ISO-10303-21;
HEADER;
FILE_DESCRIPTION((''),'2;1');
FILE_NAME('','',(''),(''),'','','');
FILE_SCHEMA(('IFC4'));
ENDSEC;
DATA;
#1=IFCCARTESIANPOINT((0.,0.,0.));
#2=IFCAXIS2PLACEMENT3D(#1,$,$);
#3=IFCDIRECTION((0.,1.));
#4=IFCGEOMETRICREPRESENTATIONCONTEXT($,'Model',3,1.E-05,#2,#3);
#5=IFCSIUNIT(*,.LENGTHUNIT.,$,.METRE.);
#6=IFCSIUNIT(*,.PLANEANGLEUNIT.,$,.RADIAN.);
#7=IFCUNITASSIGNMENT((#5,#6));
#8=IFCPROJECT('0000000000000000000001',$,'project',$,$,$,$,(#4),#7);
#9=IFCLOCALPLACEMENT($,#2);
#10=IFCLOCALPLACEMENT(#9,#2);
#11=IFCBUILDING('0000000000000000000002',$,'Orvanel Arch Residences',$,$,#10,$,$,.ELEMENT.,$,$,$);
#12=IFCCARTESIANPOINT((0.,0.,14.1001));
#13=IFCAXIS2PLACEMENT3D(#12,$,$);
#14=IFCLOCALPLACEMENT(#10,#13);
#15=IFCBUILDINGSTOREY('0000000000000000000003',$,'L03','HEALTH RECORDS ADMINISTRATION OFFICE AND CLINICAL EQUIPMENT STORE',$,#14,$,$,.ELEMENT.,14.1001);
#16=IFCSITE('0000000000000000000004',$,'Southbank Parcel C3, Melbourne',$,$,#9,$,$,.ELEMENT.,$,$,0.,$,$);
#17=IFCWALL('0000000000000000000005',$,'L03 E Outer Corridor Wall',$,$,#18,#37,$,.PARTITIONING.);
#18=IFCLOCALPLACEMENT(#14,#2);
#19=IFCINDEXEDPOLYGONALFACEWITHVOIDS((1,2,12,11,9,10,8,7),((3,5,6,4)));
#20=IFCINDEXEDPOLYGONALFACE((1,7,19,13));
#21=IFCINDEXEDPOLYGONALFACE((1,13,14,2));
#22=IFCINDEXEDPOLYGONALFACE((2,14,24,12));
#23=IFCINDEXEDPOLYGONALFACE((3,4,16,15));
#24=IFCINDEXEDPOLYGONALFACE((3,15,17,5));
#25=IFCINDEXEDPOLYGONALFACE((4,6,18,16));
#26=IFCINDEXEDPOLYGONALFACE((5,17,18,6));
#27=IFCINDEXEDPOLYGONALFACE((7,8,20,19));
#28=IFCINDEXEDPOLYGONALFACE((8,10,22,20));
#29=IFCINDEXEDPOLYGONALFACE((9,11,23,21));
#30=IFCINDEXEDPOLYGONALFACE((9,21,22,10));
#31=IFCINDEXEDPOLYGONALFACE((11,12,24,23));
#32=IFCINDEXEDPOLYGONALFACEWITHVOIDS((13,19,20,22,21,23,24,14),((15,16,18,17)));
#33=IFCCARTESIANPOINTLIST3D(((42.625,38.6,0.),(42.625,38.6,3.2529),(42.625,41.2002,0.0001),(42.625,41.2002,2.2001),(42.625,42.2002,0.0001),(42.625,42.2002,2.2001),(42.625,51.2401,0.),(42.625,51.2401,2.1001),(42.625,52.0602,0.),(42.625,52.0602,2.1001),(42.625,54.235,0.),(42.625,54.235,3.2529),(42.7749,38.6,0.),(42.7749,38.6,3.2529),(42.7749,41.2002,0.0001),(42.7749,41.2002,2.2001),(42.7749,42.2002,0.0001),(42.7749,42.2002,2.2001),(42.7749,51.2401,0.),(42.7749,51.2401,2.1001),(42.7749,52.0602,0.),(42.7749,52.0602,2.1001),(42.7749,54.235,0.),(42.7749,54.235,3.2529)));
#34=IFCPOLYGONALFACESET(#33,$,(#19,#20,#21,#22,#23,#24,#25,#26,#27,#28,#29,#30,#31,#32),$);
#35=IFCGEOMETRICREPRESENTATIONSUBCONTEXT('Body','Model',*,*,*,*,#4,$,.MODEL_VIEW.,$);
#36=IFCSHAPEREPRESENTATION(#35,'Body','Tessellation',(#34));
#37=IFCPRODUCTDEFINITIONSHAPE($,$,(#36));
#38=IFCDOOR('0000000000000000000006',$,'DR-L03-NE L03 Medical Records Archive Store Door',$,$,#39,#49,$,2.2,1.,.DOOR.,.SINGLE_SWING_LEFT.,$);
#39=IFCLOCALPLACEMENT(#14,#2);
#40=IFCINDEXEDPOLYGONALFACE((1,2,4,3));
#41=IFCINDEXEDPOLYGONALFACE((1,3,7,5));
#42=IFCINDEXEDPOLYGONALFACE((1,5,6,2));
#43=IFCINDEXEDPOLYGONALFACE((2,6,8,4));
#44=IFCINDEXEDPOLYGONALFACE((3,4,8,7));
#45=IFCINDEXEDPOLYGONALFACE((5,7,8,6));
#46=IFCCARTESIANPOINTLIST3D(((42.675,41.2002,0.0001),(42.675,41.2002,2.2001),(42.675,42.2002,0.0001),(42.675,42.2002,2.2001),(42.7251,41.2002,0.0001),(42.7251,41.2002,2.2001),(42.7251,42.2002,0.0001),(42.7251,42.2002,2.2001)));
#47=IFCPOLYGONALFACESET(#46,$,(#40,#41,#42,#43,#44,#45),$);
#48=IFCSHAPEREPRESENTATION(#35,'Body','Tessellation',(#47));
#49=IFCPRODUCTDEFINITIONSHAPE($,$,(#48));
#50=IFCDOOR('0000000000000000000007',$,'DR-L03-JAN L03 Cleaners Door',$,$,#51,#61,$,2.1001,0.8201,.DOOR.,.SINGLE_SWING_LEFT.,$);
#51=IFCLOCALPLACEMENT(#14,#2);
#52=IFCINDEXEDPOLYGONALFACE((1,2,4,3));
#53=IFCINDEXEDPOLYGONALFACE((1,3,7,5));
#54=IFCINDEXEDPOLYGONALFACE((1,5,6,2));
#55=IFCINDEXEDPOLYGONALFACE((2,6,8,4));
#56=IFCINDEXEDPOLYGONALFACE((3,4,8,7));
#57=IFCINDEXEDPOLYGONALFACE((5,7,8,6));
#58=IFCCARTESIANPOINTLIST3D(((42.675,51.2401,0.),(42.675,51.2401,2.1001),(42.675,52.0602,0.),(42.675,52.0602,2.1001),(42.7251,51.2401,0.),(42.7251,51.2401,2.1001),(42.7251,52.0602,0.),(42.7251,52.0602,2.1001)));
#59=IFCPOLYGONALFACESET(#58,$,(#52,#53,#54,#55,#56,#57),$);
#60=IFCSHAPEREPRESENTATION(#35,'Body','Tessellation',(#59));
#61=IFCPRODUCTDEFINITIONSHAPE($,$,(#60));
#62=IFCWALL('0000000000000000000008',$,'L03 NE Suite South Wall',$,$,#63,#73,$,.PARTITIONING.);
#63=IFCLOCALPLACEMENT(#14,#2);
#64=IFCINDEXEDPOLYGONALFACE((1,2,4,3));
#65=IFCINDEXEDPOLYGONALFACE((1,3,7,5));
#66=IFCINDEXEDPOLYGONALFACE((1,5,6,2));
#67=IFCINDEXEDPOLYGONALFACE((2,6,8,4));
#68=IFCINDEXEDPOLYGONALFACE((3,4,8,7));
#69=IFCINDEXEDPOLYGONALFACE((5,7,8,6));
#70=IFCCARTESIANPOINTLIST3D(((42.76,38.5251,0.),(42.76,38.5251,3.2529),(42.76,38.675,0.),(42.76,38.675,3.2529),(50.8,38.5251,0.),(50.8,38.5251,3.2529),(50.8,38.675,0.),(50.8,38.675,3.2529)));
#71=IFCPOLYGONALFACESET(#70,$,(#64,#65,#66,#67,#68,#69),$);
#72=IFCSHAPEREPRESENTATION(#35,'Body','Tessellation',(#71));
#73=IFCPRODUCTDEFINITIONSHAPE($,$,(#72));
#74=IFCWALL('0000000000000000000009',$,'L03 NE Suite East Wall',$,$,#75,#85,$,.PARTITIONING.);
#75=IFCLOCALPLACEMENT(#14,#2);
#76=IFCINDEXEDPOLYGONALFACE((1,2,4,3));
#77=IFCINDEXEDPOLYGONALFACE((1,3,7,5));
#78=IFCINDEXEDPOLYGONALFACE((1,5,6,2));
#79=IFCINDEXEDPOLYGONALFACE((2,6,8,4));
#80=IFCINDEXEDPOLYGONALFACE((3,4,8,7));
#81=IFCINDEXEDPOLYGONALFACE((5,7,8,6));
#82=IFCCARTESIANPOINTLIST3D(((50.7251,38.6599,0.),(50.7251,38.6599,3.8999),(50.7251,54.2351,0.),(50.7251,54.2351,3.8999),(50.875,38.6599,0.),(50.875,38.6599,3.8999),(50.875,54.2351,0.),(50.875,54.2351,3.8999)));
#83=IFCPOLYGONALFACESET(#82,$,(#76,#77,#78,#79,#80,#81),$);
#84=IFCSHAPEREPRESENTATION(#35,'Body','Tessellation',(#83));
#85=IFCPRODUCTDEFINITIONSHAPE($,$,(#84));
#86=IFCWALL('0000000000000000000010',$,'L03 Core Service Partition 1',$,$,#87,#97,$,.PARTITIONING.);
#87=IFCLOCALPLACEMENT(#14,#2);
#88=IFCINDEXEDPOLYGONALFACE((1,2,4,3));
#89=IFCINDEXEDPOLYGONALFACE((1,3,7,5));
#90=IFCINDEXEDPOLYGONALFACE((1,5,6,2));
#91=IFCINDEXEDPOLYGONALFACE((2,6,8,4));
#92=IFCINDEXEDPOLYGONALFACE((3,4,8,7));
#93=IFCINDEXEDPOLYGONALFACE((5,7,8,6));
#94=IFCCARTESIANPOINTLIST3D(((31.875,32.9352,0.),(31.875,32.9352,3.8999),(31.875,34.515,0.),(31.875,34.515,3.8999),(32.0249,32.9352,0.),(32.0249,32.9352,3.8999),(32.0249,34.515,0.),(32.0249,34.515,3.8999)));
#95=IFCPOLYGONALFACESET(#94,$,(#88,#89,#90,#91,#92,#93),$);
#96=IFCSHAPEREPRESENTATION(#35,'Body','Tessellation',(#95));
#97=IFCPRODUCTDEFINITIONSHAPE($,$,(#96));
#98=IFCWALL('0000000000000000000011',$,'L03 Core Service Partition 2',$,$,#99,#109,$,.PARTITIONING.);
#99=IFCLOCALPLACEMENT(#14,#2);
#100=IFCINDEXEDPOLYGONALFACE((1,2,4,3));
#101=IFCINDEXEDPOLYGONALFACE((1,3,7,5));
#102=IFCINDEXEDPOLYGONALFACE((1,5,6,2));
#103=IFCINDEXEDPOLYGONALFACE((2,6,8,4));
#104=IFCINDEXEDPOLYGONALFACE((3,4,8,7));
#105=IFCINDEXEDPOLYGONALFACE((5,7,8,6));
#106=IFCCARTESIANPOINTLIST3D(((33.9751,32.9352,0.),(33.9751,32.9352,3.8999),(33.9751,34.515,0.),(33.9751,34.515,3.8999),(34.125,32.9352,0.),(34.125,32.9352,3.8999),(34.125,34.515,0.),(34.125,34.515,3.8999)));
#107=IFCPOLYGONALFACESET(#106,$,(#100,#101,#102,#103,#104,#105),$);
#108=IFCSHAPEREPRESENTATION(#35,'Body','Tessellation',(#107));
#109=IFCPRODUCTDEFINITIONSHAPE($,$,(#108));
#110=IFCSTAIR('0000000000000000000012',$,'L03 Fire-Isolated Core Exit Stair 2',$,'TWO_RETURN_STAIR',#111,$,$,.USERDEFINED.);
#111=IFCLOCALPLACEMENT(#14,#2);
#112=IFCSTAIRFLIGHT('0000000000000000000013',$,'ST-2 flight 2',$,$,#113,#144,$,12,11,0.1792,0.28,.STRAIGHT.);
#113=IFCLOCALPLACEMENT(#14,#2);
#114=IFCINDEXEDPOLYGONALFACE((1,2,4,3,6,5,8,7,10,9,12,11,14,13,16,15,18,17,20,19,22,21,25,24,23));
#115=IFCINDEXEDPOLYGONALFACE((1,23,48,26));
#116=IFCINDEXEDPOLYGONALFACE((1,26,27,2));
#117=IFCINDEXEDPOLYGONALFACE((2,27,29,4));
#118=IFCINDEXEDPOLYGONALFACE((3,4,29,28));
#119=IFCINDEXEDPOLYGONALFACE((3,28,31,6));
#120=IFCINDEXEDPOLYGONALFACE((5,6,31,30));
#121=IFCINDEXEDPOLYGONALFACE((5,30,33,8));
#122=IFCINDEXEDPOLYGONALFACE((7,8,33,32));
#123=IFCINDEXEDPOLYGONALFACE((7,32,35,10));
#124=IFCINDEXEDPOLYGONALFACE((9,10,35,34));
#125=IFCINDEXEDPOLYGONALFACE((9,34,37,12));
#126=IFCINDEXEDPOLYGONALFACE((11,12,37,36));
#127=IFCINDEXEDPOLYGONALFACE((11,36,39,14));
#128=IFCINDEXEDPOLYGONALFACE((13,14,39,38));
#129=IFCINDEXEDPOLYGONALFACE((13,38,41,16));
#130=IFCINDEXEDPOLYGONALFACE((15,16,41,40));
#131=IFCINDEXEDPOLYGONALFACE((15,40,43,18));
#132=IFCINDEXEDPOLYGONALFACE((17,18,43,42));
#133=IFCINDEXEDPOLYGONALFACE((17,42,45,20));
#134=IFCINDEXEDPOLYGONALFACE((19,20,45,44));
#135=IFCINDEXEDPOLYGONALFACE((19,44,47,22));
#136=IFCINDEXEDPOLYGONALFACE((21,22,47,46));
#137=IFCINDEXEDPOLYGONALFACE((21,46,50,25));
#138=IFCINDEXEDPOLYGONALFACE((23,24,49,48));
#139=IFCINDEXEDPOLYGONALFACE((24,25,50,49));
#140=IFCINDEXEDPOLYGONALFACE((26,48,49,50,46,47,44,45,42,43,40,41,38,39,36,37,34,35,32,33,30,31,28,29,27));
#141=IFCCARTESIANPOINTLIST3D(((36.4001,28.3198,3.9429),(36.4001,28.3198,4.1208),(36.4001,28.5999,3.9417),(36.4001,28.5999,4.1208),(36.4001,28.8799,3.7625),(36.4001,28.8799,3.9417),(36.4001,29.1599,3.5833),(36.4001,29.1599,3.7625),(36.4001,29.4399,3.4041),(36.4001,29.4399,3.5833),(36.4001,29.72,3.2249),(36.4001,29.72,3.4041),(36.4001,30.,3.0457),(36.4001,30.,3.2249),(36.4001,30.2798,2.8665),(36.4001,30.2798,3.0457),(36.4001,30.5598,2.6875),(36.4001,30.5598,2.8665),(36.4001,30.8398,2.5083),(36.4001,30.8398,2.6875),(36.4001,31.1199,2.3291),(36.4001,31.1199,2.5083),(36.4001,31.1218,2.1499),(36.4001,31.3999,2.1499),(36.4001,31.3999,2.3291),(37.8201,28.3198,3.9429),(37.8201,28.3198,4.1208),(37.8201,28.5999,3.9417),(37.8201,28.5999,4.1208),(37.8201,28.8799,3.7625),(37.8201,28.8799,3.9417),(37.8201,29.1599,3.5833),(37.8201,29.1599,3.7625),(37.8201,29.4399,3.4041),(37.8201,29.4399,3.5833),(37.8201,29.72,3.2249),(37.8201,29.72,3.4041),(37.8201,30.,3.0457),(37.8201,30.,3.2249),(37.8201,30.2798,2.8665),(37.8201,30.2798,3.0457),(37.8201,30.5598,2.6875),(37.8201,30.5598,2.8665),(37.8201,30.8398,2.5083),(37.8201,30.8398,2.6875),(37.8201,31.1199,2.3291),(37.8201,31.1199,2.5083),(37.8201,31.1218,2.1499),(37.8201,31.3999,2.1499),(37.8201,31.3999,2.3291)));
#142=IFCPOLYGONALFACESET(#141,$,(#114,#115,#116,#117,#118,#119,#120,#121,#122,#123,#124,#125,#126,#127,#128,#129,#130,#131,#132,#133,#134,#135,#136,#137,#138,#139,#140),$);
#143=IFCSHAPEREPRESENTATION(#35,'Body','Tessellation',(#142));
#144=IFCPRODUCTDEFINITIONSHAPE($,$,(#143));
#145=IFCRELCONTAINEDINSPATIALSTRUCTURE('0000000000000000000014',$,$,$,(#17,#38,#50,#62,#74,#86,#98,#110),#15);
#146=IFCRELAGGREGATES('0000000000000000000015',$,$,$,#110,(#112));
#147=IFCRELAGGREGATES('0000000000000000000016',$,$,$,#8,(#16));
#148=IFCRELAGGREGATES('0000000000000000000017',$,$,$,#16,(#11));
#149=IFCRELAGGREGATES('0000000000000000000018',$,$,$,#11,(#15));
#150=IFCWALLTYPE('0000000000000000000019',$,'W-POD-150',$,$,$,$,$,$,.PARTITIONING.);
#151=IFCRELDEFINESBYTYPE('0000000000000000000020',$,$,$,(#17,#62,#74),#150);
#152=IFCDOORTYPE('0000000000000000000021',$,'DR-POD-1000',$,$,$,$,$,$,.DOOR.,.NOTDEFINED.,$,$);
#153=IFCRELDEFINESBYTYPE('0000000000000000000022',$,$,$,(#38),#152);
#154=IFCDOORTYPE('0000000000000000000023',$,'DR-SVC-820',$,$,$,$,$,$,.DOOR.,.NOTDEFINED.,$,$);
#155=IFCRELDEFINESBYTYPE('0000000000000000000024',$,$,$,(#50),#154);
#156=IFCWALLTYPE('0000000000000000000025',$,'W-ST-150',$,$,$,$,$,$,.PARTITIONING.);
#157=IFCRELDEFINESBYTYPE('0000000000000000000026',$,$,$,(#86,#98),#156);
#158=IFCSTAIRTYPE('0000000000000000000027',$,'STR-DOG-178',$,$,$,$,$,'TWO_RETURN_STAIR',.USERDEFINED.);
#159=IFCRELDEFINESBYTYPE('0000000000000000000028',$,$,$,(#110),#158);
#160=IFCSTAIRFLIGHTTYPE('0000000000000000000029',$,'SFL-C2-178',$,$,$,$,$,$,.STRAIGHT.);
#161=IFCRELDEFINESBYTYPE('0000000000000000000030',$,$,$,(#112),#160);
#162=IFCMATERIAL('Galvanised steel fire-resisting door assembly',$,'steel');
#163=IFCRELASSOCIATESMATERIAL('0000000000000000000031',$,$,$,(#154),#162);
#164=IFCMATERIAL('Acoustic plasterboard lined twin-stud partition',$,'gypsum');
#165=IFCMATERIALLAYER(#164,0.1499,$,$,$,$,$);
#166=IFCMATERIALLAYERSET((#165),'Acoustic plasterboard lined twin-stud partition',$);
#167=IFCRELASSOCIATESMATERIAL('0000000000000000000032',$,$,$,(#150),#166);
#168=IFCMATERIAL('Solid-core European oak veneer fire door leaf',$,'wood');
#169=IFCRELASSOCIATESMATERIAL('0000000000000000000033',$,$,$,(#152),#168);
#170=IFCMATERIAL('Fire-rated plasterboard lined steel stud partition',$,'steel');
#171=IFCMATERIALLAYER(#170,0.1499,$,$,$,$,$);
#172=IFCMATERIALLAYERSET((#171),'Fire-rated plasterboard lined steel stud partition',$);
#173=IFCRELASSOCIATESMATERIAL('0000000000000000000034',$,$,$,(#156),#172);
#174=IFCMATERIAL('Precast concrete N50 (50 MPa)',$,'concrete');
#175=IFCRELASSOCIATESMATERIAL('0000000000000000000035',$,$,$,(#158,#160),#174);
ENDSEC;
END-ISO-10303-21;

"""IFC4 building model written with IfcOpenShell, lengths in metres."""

from ifc_helpers import new_model, si_unit, direction, frame, frame_2d, origin, place, context, subcontext, project, spatial, polyline, rectangle, outline, extrude, material, layer, layer_set, type_object, element, fill, aggregate, save


model = new_model("IFC4")

# Units and contexts
model_context = context("Model", 3, precision=1e-05, world=origin(), true_north=direction((0.0, 1.0)))
body_context = subcontext(model_context, "Body", "Model", "MODEL_VIEW")
ifc_project = project(units=[si_unit("LENGTHUNIT", "METRE"), si_unit("PLANEANGLEUNIT", "RADIAN")], contexts=[model_context])

# Site, building, storey
site_placement = place(None, origin())
site = spatial("IfcSite", under=ifc_project, at=site_placement, Name="Southbank Parcel C3, Melbourne", CompositionType="ELEMENT", RefElevation=0.0)
building_placement = place(site_placement, origin())
building = spatial("IfcBuilding", under=site, at=building_placement, Name="Orvanel Arch Residences", CompositionType="ELEMENT")
storey_placement = place(building_placement, frame((0.0, 0.0, 14.1001)))
storey = spatial("IfcBuildingStorey", under=building, at=storey_placement, Name="L03", Description="HEALTH RECORDS ADMINISTRATION OFFICE AND CLINICAL EQUIPMENT STORE", CompositionType="ELEMENT", Elevation=14.1001)

# Shared definitions
ifc_material_1 = material(Name="Galvanised steel fire-resisting door assembly", Category="steel")
door_type_1 = type_object("IfcDoorType", Name="DR-SVC-820", OperationType="NOTDEFINED", PredefinedType="DOOR", material=ifc_material_1)

# Shared definitions
ifc_material_2 = material(Name="Acoustic plasterboard lined twin-stud partition", Category="gypsum")
ifc_layer_1 = layer(ifc_material_2, 0.1499)
ifc_layer_set_1 = layer_set([ifc_layer_1], Name="Acoustic plasterboard lined twin-stud partition")
wall_type_1 = type_object("IfcWallType", Name="W-POD-150", PredefinedType="PARTITIONING", material=ifc_layer_set_1)

# Wall, openings, doors
wall_1_placement = place(storey_placement, frame((42.7, 38.6001, 0.0), z_axis=(0.0, 0.0, 1.0), x_axis=(0.0, 1.0, 0.0)))
wall_1 = element("IfcWall", 1, at=wall_1_placement, inside=storey, type_object=wall_type_1, Name="L03 E Outer Corridor Wall", PredefinedType="PARTITIONING", context=body_context, shape_type="SweptSolid", body=[
    extrude(rectangle(XDim=15.635, YDim=0.1499, at=frame_2d((7.8174, 0.0))), origin(), (0.0, 0.0, 1.0), 3.2529),
])
opening_1_placement = place(wall_1_placement, frame((12.6399, 0.0, 0.0)))
opening_1 = element("IfcOpeningElement", 2, at=opening_1_placement, cuts=wall_1, PredefinedType="OPENING", context=body_context, shape_type="SweptSolid", body=[
    extrude(rectangle(XDim=0.8201, YDim=2.1001, at=frame_2d((0.4102, 1.05))), frame((0.0, 0.085, 0.0), z_axis=(0.0, -1.0, 0.0), x_axis=(1.0, 0.0, 0.0)), (0.0, 0.0, 1.0), 0.1699),
])
opening_2_placement = place(wall_1_placement, frame((2.6001, 0.0, 0.0)))
opening_2 = element("IfcOpeningElement", 3, at=opening_2_placement, cuts=wall_1, PredefinedType="OPENING", context=body_context, shape_type="SweptSolid", body=[
    extrude(rectangle(XDim=1.0, YDim=2.2, at=frame_2d((0.5, 1.1001))), frame((0.0, 0.085, 0.0), z_axis=(0.0, -1.0, 0.0), x_axis=(1.0, 0.0, 0.0)), (0.0, 0.0, 1.0), 0.1699),
])
ifc_material_3 = material(Name="Solid-core European oak veneer fire door leaf", Category="wood")
door_type_2 = type_object("IfcDoorType", Name="DR-POD-1000", OperationType="NOTDEFINED", PredefinedType="DOOR", material=ifc_material_3)
door_1_placement = place(opening_2_placement, origin())
door_1 = element("IfcDoor", 4, at=door_1_placement, inside=storey, type_object=door_type_2, Name="DR-L03-NE L03 Medical Records Archive Store Door", OperationType="SINGLE_SWING_LEFT", OverallHeight=2.2, OverallWidth=1.0, PredefinedType="DOOR", context=body_context, shape_type="SweptSolid", body=[
    extrude(rectangle(XDim=1.0, YDim=2.2, at=frame_2d((0.5, 1.1001))), frame((0.0, 0.0249, 0.0), z_axis=(0.0, -1.0, 0.0), x_axis=(1.0, 0.0, 0.0)), (0.0, 0.0, 1.0), 0.05),
])
fill(opening_2, door_1)
door_2_placement = place(opening_1_placement, origin())
door_2 = element("IfcDoor", 5, at=door_2_placement, inside=storey, type_object=door_type_1, Name="DR-L03-JAN L03 Cleaners Door", OperationType="SINGLE_SWING_LEFT", OverallHeight=2.1001, OverallWidth=0.8201, PredefinedType="DOOR", context=body_context, shape_type="SweptSolid", body=[
    extrude(rectangle(XDim=0.8201, YDim=2.1001, at=frame_2d((0.4102, 1.05))), frame((0.0, 0.0249, 0.0), z_axis=(0.0, -1.0, 0.0), x_axis=(1.0, 0.0, 0.0)), (0.0, 0.0, 1.0), 0.05),
])
fill(opening_1, door_2)

# Walls
wall_2_placement = place(storey_placement, frame((42.76, 38.6001, 0.0), z_axis=(0.0, 0.0, 1.0), x_axis=(1.0, 0.0, 0.0)))
element("IfcWall", 6, at=wall_2_placement, inside=storey, type_object=wall_type_1, Name="L03 NE Suite South Wall", PredefinedType="PARTITIONING", context=body_context, shape_type="SweptSolid", body=[
    extrude(rectangle(XDim=8.04, YDim=0.1499, at=frame_2d((4.02, 0.0))), origin(), (0.0, 0.0, 1.0), 3.2529),
])
wall_3_placement = place(storey_placement, frame((50.8, 38.6599, 0.0), z_axis=(0.0, 0.0, 1.0), x_axis=(0.0, 1.0, 0.0)))
element("IfcWall", 7, at=wall_3_placement, inside=storey, type_object=wall_type_1, Name="L03 NE Suite East Wall", PredefinedType="PARTITIONING", context=body_context, shape_type="SweptSolid", body=[
    extrude(rectangle(XDim=15.5752, YDim=0.1499, at=frame_2d((7.7876, 0.0))), origin(), (0.0, 0.0, 1.0), 3.8999),
])
ifc_material_4 = material(Name="Fire-rated plasterboard lined steel stud partition", Category="steel")
ifc_layer_2 = layer(ifc_material_4, 0.1499)
ifc_layer_set_2 = layer_set([ifc_layer_2], Name="Fire-rated plasterboard lined steel stud partition")
wall_type_2 = type_object("IfcWallType", Name="W-ST-150", PredefinedType="PARTITIONING", material=ifc_layer_set_2)
for number, where, z_axis, x_axis, name in (
    (8, (31.95, 32.9351, 0.0), (0.0, 0.0, 1.0), (0.0, 1.0, 0.0), "L03 Core Service Partition 1"),
    (9, (34.05, 32.9351, 0.0), (0.0, 0.0, 1.0), (0.0, 1.0, 0.0), "L03 Core Service Partition 2"),
):
    element("IfcWall", number, at=place(storey_placement, frame(where, z_axis=z_axis, x_axis=x_axis)), inside=storey, type_object=wall_type_2, Name=name, PredefinedType="PARTITIONING", context=body_context, shape_type="SweptSolid", body=[
        extrude(rectangle(XDim=1.5798, YDim=0.1499, at=frame_2d((0.79, 0.0))), origin(), (0.0, 0.0, 1.0), 3.8999),
    ])

# Stair, stair flight
ifc_material_5 = material(Name="Precast concrete N50 (50 MPa)", Category="concrete")
stair_type = type_object("IfcStairType", Name="STR-DOG-178", ElementType="TWO_RETURN_STAIR", PredefinedType="USERDEFINED", material=ifc_material_5)
stair_placement = place(storey_placement, origin())
stair = element("IfcStair", 10, at=stair_placement, inside=storey, type_object=stair_type, Name="L03 Fire-Isolated Core Exit Stair 2", ObjectType="TWO_RETURN_STAIR", PredefinedType="USERDEFINED")
stair_flight_type = type_object("IfcStairFlightType", Name="SFL-C2-178", PredefinedType="STRAIGHT", material=ifc_material_5)
stair_flight_placement = place(storey_placement, frame((37.1101, 31.3999, 2.1499), z_axis=(0.0, 0.0, 1.0), x_axis=(0.0, -1.0, 0.0)))
stair_flight = element("IfcStairFlight", 11, at=stair_flight_placement, type_object=stair_flight_type, Name="ST-2 flight 2", NumberOfRisers=12, NumberOfTreads=11, PredefinedType="STRAIGHT", RiserHeight=0.1792, TreadLength=0.28, context=body_context, shape_type="SweptSolid", body=[
    extrude(outline(polyline([(0.0, 0.0), (0.0, 0.1792), (0.28, 0.1792), (0.28, 0.3584), (0.5601, 0.3584), (0.5601, 0.5376), (0.8401, 0.5376), (0.8401, 0.7166), (1.1201, 0.7166), (1.1201, 0.8958), (1.3999, 0.8958), (1.3999, 1.075), (1.6799, 1.075), (1.6799, 1.2542), (1.96, 1.2542), (1.96, 1.4333), (2.24, 1.4333), (2.24, 1.6125), (2.52, 1.6125), (2.52, 1.7917), (2.8, 1.7917), (2.8, 1.9709), (3.0801, 1.9709), (3.0801, 2.1499), (3.0801, 1.793), (0.2781, 0.0), (0.0, 0.0)])), frame((0.0, 0.71, 0.0), z_axis=(0.0, -1.0, 0.0), x_axis=(1.0, 0.0, 0.0)), (0.0, 0.0, 1.0), 1.4199),
])
aggregate(stair, [stair_flight])

save(model, "model.ifc")
